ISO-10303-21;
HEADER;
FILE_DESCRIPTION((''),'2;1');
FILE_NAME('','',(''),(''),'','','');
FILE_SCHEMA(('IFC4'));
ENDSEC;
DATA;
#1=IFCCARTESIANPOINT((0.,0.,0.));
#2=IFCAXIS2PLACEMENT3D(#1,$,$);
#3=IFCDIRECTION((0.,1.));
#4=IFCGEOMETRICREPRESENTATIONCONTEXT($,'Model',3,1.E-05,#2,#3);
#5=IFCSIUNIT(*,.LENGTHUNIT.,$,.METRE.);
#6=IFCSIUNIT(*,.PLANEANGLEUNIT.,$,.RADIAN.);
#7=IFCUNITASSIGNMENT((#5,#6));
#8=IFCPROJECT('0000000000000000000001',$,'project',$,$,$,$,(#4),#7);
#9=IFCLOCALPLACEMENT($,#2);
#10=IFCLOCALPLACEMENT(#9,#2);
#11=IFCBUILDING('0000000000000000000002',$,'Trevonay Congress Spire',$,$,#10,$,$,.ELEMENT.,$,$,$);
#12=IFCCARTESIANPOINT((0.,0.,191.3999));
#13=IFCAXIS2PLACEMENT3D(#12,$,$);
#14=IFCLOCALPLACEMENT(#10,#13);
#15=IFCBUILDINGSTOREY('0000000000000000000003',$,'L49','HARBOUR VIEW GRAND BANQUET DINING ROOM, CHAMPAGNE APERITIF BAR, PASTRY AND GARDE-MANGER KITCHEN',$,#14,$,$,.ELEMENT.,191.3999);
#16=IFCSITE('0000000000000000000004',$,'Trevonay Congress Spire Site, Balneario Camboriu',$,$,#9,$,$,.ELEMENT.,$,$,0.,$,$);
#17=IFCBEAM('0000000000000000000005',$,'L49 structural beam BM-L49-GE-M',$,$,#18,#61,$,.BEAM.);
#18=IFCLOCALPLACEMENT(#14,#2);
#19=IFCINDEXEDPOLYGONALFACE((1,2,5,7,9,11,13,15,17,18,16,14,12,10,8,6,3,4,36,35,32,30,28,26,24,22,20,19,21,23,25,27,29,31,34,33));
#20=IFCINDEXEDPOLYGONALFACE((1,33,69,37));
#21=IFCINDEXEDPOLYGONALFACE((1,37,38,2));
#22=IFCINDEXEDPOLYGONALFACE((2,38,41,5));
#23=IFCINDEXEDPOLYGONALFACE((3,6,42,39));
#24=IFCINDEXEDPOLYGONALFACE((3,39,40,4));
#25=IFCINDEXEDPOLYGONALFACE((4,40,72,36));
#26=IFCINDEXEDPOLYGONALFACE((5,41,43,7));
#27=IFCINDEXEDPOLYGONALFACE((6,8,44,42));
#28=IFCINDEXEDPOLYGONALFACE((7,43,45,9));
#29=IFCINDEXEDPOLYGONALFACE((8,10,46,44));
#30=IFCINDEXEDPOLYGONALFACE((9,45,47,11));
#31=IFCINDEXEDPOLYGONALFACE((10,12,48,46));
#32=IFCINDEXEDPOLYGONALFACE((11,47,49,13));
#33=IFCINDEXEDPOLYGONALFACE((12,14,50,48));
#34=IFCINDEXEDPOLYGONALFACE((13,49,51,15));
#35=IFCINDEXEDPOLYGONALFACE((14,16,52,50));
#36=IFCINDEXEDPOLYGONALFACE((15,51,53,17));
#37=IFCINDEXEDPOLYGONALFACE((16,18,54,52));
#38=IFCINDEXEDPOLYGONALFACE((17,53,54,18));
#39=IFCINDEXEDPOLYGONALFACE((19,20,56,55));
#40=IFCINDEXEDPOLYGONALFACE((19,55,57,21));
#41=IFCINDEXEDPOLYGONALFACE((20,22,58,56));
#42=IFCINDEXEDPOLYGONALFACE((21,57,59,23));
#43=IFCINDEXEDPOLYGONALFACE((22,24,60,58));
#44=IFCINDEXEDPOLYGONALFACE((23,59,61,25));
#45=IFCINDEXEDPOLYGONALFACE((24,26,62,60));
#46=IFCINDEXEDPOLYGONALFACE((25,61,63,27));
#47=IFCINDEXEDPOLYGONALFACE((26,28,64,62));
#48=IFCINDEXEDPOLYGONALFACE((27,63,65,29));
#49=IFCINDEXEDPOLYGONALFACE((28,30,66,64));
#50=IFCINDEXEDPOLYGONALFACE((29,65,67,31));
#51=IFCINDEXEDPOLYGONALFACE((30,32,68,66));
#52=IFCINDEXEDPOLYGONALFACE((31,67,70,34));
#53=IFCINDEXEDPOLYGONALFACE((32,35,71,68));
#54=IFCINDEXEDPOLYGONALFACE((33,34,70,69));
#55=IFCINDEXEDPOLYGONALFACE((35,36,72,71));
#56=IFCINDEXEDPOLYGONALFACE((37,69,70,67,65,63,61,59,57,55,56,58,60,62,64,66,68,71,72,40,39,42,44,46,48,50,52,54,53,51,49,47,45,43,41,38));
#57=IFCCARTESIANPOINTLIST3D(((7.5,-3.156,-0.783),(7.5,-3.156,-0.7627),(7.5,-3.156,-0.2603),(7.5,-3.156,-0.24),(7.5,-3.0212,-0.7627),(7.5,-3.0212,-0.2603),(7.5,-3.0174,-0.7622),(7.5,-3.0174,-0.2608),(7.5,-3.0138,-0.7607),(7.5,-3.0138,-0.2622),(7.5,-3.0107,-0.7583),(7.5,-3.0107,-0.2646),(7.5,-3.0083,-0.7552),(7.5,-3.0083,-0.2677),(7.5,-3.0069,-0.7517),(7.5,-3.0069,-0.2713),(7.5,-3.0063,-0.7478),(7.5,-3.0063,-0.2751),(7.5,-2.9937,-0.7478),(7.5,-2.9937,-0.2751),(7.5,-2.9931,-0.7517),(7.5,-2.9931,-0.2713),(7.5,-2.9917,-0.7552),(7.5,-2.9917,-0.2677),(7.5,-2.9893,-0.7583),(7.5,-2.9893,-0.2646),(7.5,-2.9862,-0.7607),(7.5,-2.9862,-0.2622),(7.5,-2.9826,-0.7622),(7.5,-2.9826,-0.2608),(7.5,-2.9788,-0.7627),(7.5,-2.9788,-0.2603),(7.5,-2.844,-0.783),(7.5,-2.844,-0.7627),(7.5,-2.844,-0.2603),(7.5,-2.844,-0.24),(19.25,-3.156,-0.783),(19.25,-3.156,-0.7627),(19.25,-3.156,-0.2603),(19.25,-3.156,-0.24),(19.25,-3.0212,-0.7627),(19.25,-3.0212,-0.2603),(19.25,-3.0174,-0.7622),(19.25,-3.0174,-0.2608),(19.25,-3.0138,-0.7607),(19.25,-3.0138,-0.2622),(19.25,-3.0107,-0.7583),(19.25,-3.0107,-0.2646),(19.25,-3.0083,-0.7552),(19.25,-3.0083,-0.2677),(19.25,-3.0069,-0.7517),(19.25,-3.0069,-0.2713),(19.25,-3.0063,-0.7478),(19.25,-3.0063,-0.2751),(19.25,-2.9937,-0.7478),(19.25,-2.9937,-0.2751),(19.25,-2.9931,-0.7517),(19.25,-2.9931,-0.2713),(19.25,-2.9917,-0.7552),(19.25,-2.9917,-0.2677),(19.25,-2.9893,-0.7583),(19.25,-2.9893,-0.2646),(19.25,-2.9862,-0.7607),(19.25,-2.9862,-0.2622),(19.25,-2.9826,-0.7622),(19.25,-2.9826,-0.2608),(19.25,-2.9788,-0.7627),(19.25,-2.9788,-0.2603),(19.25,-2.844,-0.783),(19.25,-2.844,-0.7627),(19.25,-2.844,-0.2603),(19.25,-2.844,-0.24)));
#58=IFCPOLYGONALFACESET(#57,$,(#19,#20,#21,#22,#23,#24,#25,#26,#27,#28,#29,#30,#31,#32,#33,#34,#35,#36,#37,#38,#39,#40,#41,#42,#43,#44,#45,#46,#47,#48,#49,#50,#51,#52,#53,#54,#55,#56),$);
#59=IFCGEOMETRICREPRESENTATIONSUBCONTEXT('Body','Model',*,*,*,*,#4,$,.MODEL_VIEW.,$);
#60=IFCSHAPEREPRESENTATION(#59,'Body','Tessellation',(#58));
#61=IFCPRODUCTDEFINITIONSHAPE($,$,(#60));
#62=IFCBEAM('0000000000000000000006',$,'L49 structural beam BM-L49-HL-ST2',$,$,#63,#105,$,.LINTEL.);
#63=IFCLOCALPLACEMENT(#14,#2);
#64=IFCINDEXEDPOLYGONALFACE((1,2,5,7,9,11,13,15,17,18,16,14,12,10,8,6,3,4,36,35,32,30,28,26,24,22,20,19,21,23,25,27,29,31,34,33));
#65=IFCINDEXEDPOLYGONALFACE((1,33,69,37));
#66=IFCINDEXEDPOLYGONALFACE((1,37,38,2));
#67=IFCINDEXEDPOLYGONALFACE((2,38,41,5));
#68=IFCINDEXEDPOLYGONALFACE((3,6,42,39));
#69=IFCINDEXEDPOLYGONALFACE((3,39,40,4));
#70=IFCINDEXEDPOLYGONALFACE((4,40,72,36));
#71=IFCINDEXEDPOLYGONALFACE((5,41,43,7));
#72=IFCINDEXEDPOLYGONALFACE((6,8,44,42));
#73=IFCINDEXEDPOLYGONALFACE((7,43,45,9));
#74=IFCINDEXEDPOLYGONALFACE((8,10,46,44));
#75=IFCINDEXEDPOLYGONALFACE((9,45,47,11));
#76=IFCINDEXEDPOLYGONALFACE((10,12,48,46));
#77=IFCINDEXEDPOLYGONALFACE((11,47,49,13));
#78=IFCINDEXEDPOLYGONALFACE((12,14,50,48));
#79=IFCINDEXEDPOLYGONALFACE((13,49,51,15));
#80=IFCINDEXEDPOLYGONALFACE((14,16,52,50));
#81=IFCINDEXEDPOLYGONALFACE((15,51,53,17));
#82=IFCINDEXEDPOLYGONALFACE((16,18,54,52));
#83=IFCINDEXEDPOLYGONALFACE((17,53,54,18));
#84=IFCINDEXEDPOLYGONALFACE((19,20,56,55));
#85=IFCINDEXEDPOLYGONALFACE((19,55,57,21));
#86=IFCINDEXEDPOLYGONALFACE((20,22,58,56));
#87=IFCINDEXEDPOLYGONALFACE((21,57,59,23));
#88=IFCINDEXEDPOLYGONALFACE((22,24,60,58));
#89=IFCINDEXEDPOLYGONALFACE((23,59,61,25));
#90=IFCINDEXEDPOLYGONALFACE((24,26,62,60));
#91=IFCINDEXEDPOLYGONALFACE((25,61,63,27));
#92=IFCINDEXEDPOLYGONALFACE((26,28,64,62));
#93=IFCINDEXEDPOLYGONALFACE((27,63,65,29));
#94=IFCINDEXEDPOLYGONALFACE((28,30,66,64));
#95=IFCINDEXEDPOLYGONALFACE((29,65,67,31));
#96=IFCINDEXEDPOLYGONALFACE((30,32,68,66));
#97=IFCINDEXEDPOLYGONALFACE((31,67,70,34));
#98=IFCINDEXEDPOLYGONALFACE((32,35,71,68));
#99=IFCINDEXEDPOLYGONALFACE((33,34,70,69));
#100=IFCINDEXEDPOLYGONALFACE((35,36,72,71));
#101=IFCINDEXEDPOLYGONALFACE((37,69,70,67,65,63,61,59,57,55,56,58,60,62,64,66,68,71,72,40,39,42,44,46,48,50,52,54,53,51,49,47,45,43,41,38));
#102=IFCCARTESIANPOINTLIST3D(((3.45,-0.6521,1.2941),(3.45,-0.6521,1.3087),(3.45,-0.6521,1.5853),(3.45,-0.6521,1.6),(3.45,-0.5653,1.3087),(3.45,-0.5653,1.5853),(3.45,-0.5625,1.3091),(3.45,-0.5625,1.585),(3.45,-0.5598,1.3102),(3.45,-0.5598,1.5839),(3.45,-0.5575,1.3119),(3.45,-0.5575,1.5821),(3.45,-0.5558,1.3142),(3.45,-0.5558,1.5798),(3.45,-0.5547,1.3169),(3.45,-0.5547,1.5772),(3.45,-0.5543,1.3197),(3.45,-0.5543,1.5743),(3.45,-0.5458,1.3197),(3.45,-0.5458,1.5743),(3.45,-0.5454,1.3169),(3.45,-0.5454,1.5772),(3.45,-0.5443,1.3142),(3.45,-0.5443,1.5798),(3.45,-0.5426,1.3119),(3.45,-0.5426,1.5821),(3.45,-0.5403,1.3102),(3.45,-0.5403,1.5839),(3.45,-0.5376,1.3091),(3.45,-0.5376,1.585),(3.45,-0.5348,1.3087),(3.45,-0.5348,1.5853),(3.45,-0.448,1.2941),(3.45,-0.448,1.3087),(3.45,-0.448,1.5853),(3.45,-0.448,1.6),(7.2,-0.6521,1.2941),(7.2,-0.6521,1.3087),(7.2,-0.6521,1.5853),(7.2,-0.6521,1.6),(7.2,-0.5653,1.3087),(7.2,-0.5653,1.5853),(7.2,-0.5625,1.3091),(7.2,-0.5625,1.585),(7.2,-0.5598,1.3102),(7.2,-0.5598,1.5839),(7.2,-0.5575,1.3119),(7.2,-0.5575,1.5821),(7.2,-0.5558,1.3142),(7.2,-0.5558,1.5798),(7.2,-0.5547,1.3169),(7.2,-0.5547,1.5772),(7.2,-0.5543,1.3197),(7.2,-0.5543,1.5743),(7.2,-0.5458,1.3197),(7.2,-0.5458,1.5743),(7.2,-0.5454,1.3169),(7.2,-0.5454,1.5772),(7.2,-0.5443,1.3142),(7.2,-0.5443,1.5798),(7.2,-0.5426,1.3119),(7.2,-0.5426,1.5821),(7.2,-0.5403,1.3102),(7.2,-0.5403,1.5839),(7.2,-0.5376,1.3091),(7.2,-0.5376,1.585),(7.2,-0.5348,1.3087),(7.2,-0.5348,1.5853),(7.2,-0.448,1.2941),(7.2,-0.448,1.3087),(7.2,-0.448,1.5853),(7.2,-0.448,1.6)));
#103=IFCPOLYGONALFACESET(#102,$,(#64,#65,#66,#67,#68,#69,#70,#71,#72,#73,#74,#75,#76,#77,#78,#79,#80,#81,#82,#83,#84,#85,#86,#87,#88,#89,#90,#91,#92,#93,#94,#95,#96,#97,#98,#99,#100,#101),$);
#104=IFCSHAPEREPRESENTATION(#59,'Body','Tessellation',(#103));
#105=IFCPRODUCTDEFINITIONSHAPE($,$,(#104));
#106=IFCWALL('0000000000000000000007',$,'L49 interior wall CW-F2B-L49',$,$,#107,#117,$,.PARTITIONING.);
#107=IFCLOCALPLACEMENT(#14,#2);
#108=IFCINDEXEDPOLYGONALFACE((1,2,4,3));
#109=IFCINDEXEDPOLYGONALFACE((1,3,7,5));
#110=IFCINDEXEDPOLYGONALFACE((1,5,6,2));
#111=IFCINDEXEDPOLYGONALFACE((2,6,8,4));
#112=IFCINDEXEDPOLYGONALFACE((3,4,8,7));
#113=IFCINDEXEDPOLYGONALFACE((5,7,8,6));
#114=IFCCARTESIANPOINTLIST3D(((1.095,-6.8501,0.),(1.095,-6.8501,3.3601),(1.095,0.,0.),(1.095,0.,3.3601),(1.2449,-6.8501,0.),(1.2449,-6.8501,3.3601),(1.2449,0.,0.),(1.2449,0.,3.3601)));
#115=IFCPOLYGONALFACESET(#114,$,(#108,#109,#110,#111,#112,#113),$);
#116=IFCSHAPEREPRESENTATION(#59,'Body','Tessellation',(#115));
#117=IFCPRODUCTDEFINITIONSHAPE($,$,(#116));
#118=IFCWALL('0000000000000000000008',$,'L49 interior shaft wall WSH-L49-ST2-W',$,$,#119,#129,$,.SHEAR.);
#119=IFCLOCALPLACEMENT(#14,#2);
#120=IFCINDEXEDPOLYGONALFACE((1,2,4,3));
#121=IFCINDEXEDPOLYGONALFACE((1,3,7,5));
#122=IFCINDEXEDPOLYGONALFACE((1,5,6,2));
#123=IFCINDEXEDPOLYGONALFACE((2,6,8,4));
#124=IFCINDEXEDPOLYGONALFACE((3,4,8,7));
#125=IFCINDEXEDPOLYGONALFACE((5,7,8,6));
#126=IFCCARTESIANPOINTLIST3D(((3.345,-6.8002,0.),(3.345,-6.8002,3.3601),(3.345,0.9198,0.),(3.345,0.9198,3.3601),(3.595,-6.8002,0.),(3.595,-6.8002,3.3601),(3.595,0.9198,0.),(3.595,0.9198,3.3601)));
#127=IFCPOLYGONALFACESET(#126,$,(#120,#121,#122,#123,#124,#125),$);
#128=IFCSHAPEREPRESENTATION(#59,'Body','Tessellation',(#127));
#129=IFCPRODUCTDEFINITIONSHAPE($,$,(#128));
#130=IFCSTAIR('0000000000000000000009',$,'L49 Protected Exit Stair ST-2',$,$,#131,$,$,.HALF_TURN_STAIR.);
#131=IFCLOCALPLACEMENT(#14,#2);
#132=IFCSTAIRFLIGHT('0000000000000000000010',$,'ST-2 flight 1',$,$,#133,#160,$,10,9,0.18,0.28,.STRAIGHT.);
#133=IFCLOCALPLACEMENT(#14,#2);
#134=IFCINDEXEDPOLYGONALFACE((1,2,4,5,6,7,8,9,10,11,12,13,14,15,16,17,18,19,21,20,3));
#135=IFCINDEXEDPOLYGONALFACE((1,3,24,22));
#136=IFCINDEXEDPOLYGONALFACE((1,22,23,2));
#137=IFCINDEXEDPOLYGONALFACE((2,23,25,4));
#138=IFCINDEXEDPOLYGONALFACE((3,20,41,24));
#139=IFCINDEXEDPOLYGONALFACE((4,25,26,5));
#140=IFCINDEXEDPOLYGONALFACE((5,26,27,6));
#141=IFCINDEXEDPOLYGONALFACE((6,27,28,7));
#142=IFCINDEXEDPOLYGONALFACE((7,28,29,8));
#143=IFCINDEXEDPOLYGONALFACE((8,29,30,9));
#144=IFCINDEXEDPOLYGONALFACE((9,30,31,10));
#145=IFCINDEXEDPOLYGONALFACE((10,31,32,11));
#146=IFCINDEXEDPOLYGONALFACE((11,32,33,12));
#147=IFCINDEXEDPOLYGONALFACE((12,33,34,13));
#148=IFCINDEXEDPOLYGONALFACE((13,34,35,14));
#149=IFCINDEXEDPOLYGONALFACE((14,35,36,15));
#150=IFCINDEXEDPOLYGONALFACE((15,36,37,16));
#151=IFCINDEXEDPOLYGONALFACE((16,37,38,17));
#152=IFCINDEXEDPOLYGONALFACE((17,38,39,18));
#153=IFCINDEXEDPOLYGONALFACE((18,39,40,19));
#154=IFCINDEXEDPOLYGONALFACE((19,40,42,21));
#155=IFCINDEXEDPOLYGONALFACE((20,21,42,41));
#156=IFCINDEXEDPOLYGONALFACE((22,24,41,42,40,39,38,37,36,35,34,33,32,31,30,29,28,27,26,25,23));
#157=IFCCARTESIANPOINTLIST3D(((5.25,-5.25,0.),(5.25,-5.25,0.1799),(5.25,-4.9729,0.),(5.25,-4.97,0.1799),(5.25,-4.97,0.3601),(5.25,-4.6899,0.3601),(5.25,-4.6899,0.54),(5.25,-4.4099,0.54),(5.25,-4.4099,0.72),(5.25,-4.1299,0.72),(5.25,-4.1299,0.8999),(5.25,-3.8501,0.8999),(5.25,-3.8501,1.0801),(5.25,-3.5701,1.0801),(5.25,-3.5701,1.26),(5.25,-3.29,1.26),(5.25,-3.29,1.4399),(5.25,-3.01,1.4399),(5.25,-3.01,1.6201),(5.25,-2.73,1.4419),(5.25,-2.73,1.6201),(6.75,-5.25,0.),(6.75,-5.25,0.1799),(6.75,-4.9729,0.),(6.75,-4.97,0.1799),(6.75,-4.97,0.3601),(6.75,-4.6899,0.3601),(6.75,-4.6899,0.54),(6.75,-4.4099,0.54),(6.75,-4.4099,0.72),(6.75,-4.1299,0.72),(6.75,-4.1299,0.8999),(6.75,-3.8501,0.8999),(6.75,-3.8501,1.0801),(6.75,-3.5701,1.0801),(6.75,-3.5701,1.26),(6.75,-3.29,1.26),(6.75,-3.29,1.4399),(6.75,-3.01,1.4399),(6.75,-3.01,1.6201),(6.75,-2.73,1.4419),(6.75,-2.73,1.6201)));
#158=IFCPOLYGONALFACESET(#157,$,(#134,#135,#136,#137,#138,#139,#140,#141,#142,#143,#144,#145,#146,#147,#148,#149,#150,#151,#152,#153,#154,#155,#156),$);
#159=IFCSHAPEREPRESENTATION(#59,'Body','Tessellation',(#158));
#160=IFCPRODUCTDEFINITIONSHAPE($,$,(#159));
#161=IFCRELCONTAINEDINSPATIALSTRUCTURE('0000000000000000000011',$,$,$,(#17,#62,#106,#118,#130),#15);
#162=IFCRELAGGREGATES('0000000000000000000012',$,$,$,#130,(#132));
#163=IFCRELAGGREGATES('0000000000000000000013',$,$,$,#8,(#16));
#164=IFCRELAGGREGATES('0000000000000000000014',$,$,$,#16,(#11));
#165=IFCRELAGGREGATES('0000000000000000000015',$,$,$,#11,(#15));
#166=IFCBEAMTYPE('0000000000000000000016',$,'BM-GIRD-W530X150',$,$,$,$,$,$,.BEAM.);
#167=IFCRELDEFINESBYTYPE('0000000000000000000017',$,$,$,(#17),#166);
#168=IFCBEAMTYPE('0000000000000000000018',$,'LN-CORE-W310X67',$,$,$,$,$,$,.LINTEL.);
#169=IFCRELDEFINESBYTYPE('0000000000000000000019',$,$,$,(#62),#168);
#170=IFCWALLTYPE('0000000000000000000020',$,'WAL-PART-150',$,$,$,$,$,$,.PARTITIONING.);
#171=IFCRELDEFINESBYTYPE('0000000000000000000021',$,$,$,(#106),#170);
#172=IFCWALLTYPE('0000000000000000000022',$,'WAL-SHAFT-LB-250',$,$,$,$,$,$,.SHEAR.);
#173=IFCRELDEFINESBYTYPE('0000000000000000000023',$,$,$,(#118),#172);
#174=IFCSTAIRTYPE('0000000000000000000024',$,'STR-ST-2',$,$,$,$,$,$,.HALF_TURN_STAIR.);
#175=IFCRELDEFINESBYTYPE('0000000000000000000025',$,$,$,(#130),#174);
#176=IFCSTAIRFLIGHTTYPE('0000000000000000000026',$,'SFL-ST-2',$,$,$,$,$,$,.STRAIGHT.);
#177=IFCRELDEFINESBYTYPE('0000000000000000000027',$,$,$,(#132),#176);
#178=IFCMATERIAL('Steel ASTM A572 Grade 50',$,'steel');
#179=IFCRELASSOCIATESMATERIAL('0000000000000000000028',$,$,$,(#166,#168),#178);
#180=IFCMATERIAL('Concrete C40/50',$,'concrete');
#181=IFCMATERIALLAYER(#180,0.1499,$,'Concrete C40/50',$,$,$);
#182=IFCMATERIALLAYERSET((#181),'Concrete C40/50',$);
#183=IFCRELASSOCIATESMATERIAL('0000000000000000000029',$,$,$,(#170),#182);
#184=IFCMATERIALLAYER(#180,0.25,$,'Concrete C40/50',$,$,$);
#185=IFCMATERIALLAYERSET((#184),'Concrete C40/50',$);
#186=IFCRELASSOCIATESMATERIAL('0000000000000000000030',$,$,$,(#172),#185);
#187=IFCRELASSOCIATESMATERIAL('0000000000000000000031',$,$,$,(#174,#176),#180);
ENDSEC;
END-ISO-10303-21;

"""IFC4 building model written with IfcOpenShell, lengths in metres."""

from ifc_helpers import new_model, si_unit, direction, frame, frame_2d, origin, origin_2d, place, context, subcontext, project, spatial, polyline, rectangle, i_section, outline, extrude, material, layer, layer_set, material_profile, profile_set, type_object, element, aggregate, save


model = new_model("IFC4")

# Units and contexts
model_context = context("Model", 3, precision=1e-05, world=origin(), true_north=direction((0.0, 1.0)))
body_context = subcontext(model_context, "Body", "Model", "MODEL_VIEW")
ifc_project = project(units=[si_unit("LENGTHUNIT", "METRE"), si_unit("PLANEANGLEUNIT", "RADIAN")], contexts=[model_context])

# Site, building, storey
site_placement = place(None, origin())
site = spatial("IfcSite", under=ifc_project, at=site_placement, Name="Trevonay Congress Spire Site, Balneario Camboriu", CompositionType="ELEMENT", RefElevation=0.0)
building_placement = place(site_placement, origin())
building = spatial("IfcBuilding", under=site, at=building_placement, Name="Trevonay Congress Spire", CompositionType="ELEMENT")
storey_placement = place(building_placement, frame((0.0, 0.0, 191.3999)))
storey = spatial("IfcBuildingStorey", under=building, at=storey_placement, Name="L49", Description="HARBOUR VIEW GRAND BANQUET DINING ROOM, CHAMPAGNE APERITIF BAR, PASTRY AND GARDE-MANGER KITCHEN", CompositionType="ELEMENT", Elevation=191.3999)

# Beams
ifc_material_1 = material(Name="Steel ASTM A572 Grade 50", Category="steel")
ifc_material_profile_1 = material_profile(ifc_material_1, i_section(OverallWidth=0.312, OverallDepth=0.543, WebThickness=0.0127, FlangeThickness=0.0203, FilletRadius=0.0149, at=origin_2d()), Name="W530x150")
ifc_profile_set_1 = profile_set([ifc_material_profile_1], Name="Steel ASTM A572 Grade 50")
beam_type_1 = type_object("IfcBeamType", Name="BM-GIRD-W530X150", PredefinedType="BEAM", material=ifc_profile_set_1)
beam_1_placement = place(storey_placement, frame((7.5, -3.0, -0.5115), z_axis=(1.0, 0.0, 0.0), x_axis=(0.0, 1.0, 0.0)))
element("IfcBeam", 1, at=beam_1_placement, inside=storey, type_object=beam_type_1, Name="L49 structural beam BM-L49-GE-M", PredefinedType="BEAM", context=body_context, shape_type="SweptSolid", body=[
    extrude(i_section(OverallWidth=0.312, OverallDepth=0.543, WebThickness=0.0127, FlangeThickness=0.0203, FilletRadius=0.0149, at=origin_2d()), origin(), (0.0, 0.0, 1.0), 11.75),
])
ifc_material_profile_2 = material_profile(ifc_material_1, i_section(OverallWidth=0.2041, OverallDepth=0.3059, WebThickness=0.0085, FlangeThickness=0.0146, FilletRadius=0.011, at=origin_2d()), Name="W310x67")
ifc_profile_set_2 = profile_set([ifc_material_profile_2], Name="Steel ASTM A572 Grade 50")
beam_type_2 = type_object("IfcBeamType", Name="LN-CORE-W310X67", PredefinedType="LINTEL", material=ifc_profile_set_2)
beam_2_placement = place(storey_placement, frame((3.45, -0.55, 1.447), z_axis=(1.0, 0.0, 0.0), x_axis=(0.0, 1.0, 0.0)))
element("IfcBeam", 2, at=beam_2_placement, inside=storey, type_object=beam_type_2, Name="L49 structural beam BM-L49-HL-ST2", PredefinedType="LINTEL", context=body_context, shape_type="SweptSolid", body=[
    extrude(i_section(OverallWidth=0.2041, OverallDepth=0.3059, WebThickness=0.0085, FlangeThickness=0.0146, FilletRadius=0.011, at=origin_2d()), origin(), (0.0, 0.0, 1.0), 3.75),
])

# Walls
ifc_material_2 = material(Name="Concrete C40/50", Category="concrete")
ifc_layer_1 = layer(ifc_material_2, 0.1499, Name="Concrete C40/50")
ifc_layer_set_1 = layer_set([ifc_layer_1], Name="Concrete C40/50")
wall_type_1 = type_object("IfcWallType", Name="WAL-PART-150", PredefinedType="PARTITIONING", material=ifc_layer_set_1)
wall_1_placement = place(storey_placement, frame((1.1699, -6.8501, 0.0), z_axis=(0.0, 0.0, 1.0), x_axis=(0.0, 1.0, 0.0)))
element("IfcWall", 3, at=wall_1_placement, inside=storey, type_object=wall_type_1, Name="L49 interior wall CW-F2B-L49", PredefinedType="PARTITIONING", context=body_context, shape_type="SweptSolid", body=[
    extrude(rectangle(XDim=6.8501, YDim=0.1499, at=frame_2d((3.425, 0.0))), origin(), (0.0, 0.0, 1.0), 3.3601),
])
ifc_layer_2 = layer(ifc_material_2, 0.25, Name="Concrete C40/50")
ifc_layer_set_2 = layer_set([ifc_layer_2], Name="Concrete C40/50")
wall_type_2 = type_object("IfcWallType", Name="WAL-SHAFT-LB-250", PredefinedType="SHEAR", material=ifc_layer_set_2)
wall_2_placement = place(storey_placement, frame((3.47, -6.8, 0.0), z_axis=(0.0, 0.0, 1.0), x_axis=(0.0, 1.0, 0.0)))
element("IfcWall", 4, at=wall_2_placement, inside=storey, type_object=wall_type_2, Name="L49 interior shaft wall WSH-L49-ST2-W", PredefinedType="SHEAR", context=body_context, shape_type="SweptSolid", body=[
    extrude(rectangle(XDim=7.72, YDim=0.25, at=frame_2d((3.8599, 0.0))), origin(), (0.0, 0.0, 1.0), 3.3601),
])

# Stair, stair flight
stair_type = type_object("IfcStairType", Name="STR-ST-2", PredefinedType="HALF_TURN_STAIR", material=ifc_material_2)
stair_placement = place(storey_placement, origin())
stair = element("IfcStair", 5, at=stair_placement, inside=storey, type_object=stair_type, Name="L49 Protected Exit Stair ST-2", PredefinedType="HALF_TURN_STAIR")
stair_flight_type = type_object("IfcStairFlightType", Name="SFL-ST-2", PredefinedType="STRAIGHT", material=ifc_material_2)
stair_flight_1_placement = place(storey_placement, frame((6.0, -5.25, 0.0), z_axis=(0.0, 0.0, 1.0), x_axis=(0.0, 1.0, 0.0)))
stair_flight_1 = element("IfcStairFlight", 6, at=stair_flight_1_placement, type_object=stair_flight_type, Name="ST-2 flight 1", NumberOfRisers=10, NumberOfTreads=9, PredefinedType="STRAIGHT", RiserHeight=0.18, TreadLength=0.28, context=body_context, shape_type="SweptSolid", body=[
    extrude(outline(polyline([(0.0, 0.0), (0.0, 0.1799), (0.28, 0.1799), (0.28, 0.3601), (0.5601, 0.3601), (0.5601, 0.54), (0.8401, 0.54), (0.8401, 0.72), (1.1201, 0.72), (1.1201, 0.8999), (1.3999, 0.8999), (1.3999, 1.0801), (1.6799, 1.0801), (1.6799, 1.26), (1.96, 1.26), (1.96, 1.4399), (2.24, 1.4399), (2.24, 1.6201), (2.52, 1.6201), (2.52, 1.8), (2.52, 1.4419), (0.2771, 0.0), (0.0, 0.0)])), frame((0.0, 0.75, 0.0), z_axis=(0.0, -1.0, 0.0), x_axis=(1.0, 0.0, 0.0)), (0.0, 0.0, 1.0), 1.5),
])
aggregate(stair, [stair_flight_1])

save(model, "model.ifc")
